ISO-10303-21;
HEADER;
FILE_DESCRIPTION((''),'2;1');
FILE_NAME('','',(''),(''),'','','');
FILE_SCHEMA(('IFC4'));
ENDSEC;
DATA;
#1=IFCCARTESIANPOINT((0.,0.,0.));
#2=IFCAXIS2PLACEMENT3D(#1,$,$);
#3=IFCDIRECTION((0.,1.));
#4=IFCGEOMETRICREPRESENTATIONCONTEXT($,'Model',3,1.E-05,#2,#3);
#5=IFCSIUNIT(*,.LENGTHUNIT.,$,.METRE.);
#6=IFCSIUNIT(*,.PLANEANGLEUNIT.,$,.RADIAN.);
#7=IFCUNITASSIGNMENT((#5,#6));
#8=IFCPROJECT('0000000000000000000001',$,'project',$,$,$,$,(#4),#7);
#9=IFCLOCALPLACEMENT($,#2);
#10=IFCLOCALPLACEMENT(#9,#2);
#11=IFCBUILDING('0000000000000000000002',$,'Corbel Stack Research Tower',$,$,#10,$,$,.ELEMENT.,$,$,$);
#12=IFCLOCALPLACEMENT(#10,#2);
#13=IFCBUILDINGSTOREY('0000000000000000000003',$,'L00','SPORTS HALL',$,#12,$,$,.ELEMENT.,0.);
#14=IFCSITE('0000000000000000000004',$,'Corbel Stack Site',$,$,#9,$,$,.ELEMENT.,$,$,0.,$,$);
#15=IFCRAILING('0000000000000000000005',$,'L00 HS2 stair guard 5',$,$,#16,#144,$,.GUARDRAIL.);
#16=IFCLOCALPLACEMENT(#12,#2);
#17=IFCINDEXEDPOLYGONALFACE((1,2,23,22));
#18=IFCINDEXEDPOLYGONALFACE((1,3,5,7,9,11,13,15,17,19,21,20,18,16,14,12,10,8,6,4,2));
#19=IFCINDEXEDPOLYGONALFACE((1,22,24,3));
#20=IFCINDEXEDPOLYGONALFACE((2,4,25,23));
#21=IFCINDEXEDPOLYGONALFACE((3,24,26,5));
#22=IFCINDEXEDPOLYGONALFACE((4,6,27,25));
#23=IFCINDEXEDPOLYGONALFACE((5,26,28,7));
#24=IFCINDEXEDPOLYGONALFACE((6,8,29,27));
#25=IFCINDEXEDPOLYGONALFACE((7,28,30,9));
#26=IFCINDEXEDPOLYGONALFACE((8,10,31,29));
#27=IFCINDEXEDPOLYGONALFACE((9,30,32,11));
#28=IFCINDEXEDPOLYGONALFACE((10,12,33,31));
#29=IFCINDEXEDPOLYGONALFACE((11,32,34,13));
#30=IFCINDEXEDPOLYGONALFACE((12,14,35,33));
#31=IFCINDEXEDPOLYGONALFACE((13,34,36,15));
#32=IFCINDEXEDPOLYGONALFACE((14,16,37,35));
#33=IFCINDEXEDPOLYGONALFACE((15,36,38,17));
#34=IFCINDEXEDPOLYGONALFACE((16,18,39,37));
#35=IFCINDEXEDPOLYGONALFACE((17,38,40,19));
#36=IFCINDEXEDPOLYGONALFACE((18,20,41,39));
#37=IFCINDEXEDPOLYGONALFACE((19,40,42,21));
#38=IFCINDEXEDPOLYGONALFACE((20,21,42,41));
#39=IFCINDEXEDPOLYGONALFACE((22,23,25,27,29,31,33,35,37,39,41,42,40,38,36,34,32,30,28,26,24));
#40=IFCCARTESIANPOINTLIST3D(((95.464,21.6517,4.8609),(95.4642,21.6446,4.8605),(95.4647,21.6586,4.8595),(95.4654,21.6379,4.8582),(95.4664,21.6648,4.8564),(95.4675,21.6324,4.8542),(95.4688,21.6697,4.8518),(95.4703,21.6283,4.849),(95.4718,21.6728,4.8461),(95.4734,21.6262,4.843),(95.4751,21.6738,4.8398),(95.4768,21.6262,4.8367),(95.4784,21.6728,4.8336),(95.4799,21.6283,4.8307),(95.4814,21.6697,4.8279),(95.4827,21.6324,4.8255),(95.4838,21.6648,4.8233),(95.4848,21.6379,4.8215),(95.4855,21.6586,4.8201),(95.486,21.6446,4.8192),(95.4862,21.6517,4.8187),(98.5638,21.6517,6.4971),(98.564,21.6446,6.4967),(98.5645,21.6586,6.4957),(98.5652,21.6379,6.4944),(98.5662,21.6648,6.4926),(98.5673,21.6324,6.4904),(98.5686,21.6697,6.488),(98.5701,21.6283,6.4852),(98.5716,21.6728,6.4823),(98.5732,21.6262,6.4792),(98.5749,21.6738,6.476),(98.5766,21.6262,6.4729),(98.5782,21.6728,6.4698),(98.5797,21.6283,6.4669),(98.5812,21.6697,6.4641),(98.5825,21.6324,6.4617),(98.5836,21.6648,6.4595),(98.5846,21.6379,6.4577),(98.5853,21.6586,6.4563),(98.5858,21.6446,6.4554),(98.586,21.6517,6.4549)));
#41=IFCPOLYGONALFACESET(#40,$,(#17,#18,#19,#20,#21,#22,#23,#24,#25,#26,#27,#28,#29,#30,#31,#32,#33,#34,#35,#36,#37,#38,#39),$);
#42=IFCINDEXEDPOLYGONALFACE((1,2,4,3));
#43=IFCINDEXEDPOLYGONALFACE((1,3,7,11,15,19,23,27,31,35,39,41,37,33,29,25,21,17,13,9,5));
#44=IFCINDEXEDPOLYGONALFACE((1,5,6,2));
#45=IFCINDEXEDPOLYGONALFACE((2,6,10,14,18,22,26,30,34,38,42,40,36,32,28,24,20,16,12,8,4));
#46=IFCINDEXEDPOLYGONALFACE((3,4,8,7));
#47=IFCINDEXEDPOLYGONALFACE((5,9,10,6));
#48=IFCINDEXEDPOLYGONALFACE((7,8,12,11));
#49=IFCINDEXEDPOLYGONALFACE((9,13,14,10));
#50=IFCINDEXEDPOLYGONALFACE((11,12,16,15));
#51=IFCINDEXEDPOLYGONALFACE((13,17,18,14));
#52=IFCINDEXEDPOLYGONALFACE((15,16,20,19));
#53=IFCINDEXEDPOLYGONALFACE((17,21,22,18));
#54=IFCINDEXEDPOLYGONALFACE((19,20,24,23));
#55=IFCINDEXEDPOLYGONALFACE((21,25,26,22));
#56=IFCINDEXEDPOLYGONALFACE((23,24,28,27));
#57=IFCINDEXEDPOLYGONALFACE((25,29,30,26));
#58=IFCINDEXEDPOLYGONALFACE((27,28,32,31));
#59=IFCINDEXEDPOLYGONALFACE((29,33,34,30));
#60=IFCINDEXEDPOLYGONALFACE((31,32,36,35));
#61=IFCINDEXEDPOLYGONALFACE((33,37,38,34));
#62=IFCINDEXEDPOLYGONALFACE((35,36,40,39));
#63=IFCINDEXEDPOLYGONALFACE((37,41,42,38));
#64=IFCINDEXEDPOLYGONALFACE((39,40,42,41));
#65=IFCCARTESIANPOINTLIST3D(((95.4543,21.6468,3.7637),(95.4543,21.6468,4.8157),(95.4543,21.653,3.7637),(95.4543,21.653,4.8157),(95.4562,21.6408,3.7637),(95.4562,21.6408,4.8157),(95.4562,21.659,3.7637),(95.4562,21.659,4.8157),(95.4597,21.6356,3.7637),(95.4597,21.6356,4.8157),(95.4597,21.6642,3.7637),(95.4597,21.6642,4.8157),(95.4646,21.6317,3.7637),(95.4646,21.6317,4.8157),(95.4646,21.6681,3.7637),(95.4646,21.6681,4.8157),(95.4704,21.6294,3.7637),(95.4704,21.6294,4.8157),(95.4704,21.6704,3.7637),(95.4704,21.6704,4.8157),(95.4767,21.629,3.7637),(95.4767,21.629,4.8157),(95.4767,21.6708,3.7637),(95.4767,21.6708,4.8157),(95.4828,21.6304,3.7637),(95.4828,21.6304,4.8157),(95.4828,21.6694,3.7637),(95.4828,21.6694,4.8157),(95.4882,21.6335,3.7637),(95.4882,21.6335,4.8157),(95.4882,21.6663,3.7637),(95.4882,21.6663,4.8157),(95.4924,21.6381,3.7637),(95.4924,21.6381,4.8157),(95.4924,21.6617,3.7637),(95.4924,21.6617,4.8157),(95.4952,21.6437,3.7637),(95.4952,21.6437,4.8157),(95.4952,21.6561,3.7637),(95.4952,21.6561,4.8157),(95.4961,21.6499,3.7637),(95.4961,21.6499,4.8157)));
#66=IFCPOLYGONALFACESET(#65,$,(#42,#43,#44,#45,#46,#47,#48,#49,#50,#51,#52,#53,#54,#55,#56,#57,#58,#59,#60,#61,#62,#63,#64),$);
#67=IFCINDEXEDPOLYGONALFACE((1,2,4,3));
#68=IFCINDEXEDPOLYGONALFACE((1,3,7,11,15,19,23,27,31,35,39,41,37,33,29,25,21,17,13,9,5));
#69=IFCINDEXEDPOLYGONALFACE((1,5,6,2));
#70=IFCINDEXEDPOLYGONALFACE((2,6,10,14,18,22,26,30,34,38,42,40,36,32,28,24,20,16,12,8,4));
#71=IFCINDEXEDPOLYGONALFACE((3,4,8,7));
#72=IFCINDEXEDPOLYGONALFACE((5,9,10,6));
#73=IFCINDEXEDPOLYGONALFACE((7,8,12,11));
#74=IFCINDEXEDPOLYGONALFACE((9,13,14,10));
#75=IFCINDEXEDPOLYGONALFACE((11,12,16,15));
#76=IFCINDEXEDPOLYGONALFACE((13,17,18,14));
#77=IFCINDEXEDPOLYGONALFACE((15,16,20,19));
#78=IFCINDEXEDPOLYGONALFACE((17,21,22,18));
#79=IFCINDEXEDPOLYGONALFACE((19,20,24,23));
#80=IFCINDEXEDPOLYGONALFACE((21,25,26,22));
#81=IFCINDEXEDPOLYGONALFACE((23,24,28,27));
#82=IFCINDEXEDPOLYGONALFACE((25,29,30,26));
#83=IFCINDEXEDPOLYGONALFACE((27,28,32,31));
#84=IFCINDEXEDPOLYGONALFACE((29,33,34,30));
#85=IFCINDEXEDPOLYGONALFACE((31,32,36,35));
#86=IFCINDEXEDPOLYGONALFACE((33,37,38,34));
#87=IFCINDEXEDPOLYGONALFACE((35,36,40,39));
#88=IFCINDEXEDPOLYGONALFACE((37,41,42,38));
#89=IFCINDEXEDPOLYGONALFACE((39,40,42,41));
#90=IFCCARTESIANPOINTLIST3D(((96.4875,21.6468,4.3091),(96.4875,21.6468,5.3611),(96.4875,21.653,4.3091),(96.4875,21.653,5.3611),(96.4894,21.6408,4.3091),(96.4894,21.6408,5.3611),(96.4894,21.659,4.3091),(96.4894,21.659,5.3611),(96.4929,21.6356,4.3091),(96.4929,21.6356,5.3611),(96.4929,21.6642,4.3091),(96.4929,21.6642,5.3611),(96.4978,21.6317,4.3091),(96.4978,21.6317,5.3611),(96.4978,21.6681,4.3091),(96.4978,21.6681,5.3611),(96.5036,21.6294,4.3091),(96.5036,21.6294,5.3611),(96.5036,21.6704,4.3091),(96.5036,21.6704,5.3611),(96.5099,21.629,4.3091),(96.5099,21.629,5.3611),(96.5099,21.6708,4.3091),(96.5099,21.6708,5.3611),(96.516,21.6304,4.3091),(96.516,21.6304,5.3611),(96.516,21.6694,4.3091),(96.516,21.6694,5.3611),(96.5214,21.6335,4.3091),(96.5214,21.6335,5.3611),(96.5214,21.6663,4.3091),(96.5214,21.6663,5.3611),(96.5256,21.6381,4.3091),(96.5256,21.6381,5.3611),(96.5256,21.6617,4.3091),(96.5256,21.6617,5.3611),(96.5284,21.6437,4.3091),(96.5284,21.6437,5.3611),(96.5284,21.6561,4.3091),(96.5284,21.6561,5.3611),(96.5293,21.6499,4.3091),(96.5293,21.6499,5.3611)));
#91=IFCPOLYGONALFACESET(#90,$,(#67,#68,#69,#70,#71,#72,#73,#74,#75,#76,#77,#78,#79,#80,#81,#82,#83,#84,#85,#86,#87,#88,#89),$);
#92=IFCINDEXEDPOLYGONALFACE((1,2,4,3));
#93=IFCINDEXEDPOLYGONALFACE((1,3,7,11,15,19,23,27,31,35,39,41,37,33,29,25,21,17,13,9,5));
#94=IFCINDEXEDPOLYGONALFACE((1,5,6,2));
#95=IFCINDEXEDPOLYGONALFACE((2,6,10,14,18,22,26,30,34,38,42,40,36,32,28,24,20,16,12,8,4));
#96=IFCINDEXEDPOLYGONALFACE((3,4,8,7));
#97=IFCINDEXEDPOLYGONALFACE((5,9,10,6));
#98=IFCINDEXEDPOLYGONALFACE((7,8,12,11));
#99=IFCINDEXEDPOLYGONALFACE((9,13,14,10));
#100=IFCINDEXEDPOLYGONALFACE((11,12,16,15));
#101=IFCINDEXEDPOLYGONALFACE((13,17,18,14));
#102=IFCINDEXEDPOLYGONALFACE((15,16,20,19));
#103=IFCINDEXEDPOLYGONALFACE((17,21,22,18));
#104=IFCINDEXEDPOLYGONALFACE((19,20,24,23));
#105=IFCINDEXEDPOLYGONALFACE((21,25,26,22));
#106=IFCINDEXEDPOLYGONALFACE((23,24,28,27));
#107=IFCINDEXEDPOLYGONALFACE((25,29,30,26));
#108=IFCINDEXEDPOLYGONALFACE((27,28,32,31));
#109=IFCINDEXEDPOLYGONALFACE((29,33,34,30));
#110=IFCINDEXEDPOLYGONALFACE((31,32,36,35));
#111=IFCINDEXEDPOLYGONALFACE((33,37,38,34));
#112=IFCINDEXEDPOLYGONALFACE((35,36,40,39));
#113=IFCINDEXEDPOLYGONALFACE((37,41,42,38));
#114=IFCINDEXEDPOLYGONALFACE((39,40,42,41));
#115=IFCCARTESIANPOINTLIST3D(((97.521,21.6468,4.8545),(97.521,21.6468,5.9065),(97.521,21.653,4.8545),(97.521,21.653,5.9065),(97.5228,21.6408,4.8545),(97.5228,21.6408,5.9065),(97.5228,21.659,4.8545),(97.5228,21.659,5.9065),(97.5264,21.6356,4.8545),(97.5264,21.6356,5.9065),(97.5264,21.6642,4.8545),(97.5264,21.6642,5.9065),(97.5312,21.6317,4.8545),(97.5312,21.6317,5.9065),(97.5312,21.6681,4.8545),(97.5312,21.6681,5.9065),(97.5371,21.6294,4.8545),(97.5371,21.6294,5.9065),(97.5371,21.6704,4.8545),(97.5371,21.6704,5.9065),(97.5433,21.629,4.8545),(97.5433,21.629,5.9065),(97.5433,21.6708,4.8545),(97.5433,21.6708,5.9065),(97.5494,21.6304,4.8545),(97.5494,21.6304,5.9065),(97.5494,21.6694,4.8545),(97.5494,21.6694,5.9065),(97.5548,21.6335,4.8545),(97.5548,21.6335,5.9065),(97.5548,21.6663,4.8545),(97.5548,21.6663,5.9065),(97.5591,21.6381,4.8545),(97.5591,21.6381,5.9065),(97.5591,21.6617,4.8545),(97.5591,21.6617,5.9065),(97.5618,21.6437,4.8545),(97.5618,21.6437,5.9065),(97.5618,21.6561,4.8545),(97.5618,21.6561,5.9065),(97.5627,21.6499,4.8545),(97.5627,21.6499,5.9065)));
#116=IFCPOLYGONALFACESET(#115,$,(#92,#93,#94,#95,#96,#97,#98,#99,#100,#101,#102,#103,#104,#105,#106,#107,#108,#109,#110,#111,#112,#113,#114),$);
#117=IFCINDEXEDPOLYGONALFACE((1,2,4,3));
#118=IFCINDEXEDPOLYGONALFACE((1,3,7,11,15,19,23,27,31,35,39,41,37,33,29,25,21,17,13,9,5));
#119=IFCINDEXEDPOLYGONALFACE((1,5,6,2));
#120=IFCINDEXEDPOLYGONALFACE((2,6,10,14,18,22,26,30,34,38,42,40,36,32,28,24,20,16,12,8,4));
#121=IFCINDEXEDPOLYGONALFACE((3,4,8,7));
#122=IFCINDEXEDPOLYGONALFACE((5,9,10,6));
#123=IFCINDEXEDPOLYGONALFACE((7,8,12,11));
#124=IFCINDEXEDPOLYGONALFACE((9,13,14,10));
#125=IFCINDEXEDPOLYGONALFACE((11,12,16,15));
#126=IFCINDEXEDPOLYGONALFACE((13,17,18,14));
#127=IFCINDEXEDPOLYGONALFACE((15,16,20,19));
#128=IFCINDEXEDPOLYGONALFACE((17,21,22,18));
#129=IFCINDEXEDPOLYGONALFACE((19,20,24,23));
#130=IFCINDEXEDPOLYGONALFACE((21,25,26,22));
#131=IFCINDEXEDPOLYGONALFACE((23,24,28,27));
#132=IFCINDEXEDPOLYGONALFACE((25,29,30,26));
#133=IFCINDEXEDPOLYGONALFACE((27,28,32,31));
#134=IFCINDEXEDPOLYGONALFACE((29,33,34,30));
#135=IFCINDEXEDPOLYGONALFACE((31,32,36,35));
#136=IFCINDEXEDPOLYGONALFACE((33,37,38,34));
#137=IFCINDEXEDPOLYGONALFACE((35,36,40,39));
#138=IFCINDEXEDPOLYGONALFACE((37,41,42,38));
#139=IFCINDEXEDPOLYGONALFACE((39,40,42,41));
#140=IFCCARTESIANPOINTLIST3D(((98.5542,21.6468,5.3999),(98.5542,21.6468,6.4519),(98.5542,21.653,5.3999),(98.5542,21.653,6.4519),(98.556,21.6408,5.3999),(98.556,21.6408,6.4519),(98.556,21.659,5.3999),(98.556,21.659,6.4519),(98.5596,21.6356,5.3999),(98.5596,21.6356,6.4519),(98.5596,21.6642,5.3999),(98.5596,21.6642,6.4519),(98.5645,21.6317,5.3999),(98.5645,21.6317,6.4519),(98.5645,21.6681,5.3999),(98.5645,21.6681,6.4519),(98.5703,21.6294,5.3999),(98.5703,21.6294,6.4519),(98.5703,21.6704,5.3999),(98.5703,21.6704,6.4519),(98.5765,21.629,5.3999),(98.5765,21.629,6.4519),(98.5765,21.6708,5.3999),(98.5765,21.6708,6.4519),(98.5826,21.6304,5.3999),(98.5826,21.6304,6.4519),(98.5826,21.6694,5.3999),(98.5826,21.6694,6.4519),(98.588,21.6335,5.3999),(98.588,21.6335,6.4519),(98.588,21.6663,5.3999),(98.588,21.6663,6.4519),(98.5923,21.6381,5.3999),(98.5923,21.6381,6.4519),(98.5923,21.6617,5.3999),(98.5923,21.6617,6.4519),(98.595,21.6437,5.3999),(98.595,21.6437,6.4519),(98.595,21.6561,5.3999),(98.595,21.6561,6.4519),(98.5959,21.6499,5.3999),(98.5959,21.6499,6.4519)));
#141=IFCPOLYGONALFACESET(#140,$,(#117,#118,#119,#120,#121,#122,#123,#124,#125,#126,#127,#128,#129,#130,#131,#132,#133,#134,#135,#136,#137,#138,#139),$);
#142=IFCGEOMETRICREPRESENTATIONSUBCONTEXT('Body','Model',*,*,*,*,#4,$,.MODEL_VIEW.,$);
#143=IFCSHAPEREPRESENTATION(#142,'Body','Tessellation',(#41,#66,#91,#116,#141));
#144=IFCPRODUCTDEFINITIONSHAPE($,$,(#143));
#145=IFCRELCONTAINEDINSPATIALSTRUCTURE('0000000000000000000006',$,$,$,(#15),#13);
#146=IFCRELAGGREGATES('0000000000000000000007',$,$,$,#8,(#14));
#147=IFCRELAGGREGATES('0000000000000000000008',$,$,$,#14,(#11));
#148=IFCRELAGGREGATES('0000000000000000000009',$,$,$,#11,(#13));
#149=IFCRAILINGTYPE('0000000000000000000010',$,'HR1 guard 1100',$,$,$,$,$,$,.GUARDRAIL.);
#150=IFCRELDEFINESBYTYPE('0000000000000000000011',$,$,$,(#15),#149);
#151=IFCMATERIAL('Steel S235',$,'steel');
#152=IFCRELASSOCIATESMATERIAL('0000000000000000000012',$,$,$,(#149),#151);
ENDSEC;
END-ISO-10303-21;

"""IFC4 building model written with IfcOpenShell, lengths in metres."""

from ifc_helpers import new_model, si_unit, direction, frame, origin, origin_2d, place, context, subcontext, project, spatial, circle, extrude, material, type_object, element, save


model = new_model("IFC4")

# Units and contexts
model_context = context("Model", 3, precision=1e-05, world=origin(), true_north=direction((0.0, 1.0)))
body_context = subcontext(model_context, "Body", "Model", "MODEL_VIEW")
ifc_project = project(units=[si_unit("LENGTHUNIT", "METRE"), si_unit("PLANEANGLEUNIT", "RADIAN")], contexts=[model_context])

# Site, building, storey
site_placement = place(None, origin())
site = spatial("IfcSite", under=ifc_project, at=site_placement, Name="Corbel Stack Site", CompositionType="ELEMENT", RefElevation=0.0)
building_placement = place(site_placement, origin())
building = spatial("IfcBuilding", under=site, at=building_placement, Name="Corbel Stack Research Tower", CompositionType="ELEMENT")
storey_placement = place(building_placement, origin())
storey = spatial("IfcBuildingStorey", under=building, at=storey_placement, Name="L00", Description="SPORTS HALL", CompositionType="ELEMENT", Elevation=0.0)

# Railing
ifc_material_1 = material(Name="Steel S235", Category="steel")
railing_type_1 = type_object("IfcRailingType", Name="HR1 guard 1100", PredefinedType="GUARDRAIL", material=ifc_material_1)
railing_1_placement = place(storey_placement, frame((95.4751, 21.6499, 3.7637)))
element("IfcRailing", 1, at=railing_1_placement, inside=storey, type_object=railing_type_1, Name="L00 HS2 stair guard 5", PredefinedType="GUARDRAIL", context=body_context, shape_type="SweptSolid", body=[
    extrude(circle(Radius=0.0239, at=origin_2d()), frame((0.0, 0.0, 1.0762), z_axis=(0.884362, 0.0, 0.466803), x_axis=(0.0, 1.0, 0.0)), (0.0, 0.0, 1.0), 3.5051),
    extrude(circle(Radius=0.021, at=origin_2d()), origin(), (0.0, 0.0, 1.0), 1.052),
    extrude(circle(Radius=0.021, at=origin_2d()), frame((1.0332, 0.0, 0.5454)), (0.0, 0.0, 1.0), 1.052),
    extrude(circle(Radius=0.021, at=origin_2d()), frame((2.0667, 0.0, 1.0908)), (0.0, 0.0, 1.0), 1.052),
    extrude(circle(Radius=0.021, at=origin_2d()), frame((3.0999, 0.0, 1.6362)), (0.0, 0.0, 1.0), 1.052),
])

save(model, "model.ifc")
